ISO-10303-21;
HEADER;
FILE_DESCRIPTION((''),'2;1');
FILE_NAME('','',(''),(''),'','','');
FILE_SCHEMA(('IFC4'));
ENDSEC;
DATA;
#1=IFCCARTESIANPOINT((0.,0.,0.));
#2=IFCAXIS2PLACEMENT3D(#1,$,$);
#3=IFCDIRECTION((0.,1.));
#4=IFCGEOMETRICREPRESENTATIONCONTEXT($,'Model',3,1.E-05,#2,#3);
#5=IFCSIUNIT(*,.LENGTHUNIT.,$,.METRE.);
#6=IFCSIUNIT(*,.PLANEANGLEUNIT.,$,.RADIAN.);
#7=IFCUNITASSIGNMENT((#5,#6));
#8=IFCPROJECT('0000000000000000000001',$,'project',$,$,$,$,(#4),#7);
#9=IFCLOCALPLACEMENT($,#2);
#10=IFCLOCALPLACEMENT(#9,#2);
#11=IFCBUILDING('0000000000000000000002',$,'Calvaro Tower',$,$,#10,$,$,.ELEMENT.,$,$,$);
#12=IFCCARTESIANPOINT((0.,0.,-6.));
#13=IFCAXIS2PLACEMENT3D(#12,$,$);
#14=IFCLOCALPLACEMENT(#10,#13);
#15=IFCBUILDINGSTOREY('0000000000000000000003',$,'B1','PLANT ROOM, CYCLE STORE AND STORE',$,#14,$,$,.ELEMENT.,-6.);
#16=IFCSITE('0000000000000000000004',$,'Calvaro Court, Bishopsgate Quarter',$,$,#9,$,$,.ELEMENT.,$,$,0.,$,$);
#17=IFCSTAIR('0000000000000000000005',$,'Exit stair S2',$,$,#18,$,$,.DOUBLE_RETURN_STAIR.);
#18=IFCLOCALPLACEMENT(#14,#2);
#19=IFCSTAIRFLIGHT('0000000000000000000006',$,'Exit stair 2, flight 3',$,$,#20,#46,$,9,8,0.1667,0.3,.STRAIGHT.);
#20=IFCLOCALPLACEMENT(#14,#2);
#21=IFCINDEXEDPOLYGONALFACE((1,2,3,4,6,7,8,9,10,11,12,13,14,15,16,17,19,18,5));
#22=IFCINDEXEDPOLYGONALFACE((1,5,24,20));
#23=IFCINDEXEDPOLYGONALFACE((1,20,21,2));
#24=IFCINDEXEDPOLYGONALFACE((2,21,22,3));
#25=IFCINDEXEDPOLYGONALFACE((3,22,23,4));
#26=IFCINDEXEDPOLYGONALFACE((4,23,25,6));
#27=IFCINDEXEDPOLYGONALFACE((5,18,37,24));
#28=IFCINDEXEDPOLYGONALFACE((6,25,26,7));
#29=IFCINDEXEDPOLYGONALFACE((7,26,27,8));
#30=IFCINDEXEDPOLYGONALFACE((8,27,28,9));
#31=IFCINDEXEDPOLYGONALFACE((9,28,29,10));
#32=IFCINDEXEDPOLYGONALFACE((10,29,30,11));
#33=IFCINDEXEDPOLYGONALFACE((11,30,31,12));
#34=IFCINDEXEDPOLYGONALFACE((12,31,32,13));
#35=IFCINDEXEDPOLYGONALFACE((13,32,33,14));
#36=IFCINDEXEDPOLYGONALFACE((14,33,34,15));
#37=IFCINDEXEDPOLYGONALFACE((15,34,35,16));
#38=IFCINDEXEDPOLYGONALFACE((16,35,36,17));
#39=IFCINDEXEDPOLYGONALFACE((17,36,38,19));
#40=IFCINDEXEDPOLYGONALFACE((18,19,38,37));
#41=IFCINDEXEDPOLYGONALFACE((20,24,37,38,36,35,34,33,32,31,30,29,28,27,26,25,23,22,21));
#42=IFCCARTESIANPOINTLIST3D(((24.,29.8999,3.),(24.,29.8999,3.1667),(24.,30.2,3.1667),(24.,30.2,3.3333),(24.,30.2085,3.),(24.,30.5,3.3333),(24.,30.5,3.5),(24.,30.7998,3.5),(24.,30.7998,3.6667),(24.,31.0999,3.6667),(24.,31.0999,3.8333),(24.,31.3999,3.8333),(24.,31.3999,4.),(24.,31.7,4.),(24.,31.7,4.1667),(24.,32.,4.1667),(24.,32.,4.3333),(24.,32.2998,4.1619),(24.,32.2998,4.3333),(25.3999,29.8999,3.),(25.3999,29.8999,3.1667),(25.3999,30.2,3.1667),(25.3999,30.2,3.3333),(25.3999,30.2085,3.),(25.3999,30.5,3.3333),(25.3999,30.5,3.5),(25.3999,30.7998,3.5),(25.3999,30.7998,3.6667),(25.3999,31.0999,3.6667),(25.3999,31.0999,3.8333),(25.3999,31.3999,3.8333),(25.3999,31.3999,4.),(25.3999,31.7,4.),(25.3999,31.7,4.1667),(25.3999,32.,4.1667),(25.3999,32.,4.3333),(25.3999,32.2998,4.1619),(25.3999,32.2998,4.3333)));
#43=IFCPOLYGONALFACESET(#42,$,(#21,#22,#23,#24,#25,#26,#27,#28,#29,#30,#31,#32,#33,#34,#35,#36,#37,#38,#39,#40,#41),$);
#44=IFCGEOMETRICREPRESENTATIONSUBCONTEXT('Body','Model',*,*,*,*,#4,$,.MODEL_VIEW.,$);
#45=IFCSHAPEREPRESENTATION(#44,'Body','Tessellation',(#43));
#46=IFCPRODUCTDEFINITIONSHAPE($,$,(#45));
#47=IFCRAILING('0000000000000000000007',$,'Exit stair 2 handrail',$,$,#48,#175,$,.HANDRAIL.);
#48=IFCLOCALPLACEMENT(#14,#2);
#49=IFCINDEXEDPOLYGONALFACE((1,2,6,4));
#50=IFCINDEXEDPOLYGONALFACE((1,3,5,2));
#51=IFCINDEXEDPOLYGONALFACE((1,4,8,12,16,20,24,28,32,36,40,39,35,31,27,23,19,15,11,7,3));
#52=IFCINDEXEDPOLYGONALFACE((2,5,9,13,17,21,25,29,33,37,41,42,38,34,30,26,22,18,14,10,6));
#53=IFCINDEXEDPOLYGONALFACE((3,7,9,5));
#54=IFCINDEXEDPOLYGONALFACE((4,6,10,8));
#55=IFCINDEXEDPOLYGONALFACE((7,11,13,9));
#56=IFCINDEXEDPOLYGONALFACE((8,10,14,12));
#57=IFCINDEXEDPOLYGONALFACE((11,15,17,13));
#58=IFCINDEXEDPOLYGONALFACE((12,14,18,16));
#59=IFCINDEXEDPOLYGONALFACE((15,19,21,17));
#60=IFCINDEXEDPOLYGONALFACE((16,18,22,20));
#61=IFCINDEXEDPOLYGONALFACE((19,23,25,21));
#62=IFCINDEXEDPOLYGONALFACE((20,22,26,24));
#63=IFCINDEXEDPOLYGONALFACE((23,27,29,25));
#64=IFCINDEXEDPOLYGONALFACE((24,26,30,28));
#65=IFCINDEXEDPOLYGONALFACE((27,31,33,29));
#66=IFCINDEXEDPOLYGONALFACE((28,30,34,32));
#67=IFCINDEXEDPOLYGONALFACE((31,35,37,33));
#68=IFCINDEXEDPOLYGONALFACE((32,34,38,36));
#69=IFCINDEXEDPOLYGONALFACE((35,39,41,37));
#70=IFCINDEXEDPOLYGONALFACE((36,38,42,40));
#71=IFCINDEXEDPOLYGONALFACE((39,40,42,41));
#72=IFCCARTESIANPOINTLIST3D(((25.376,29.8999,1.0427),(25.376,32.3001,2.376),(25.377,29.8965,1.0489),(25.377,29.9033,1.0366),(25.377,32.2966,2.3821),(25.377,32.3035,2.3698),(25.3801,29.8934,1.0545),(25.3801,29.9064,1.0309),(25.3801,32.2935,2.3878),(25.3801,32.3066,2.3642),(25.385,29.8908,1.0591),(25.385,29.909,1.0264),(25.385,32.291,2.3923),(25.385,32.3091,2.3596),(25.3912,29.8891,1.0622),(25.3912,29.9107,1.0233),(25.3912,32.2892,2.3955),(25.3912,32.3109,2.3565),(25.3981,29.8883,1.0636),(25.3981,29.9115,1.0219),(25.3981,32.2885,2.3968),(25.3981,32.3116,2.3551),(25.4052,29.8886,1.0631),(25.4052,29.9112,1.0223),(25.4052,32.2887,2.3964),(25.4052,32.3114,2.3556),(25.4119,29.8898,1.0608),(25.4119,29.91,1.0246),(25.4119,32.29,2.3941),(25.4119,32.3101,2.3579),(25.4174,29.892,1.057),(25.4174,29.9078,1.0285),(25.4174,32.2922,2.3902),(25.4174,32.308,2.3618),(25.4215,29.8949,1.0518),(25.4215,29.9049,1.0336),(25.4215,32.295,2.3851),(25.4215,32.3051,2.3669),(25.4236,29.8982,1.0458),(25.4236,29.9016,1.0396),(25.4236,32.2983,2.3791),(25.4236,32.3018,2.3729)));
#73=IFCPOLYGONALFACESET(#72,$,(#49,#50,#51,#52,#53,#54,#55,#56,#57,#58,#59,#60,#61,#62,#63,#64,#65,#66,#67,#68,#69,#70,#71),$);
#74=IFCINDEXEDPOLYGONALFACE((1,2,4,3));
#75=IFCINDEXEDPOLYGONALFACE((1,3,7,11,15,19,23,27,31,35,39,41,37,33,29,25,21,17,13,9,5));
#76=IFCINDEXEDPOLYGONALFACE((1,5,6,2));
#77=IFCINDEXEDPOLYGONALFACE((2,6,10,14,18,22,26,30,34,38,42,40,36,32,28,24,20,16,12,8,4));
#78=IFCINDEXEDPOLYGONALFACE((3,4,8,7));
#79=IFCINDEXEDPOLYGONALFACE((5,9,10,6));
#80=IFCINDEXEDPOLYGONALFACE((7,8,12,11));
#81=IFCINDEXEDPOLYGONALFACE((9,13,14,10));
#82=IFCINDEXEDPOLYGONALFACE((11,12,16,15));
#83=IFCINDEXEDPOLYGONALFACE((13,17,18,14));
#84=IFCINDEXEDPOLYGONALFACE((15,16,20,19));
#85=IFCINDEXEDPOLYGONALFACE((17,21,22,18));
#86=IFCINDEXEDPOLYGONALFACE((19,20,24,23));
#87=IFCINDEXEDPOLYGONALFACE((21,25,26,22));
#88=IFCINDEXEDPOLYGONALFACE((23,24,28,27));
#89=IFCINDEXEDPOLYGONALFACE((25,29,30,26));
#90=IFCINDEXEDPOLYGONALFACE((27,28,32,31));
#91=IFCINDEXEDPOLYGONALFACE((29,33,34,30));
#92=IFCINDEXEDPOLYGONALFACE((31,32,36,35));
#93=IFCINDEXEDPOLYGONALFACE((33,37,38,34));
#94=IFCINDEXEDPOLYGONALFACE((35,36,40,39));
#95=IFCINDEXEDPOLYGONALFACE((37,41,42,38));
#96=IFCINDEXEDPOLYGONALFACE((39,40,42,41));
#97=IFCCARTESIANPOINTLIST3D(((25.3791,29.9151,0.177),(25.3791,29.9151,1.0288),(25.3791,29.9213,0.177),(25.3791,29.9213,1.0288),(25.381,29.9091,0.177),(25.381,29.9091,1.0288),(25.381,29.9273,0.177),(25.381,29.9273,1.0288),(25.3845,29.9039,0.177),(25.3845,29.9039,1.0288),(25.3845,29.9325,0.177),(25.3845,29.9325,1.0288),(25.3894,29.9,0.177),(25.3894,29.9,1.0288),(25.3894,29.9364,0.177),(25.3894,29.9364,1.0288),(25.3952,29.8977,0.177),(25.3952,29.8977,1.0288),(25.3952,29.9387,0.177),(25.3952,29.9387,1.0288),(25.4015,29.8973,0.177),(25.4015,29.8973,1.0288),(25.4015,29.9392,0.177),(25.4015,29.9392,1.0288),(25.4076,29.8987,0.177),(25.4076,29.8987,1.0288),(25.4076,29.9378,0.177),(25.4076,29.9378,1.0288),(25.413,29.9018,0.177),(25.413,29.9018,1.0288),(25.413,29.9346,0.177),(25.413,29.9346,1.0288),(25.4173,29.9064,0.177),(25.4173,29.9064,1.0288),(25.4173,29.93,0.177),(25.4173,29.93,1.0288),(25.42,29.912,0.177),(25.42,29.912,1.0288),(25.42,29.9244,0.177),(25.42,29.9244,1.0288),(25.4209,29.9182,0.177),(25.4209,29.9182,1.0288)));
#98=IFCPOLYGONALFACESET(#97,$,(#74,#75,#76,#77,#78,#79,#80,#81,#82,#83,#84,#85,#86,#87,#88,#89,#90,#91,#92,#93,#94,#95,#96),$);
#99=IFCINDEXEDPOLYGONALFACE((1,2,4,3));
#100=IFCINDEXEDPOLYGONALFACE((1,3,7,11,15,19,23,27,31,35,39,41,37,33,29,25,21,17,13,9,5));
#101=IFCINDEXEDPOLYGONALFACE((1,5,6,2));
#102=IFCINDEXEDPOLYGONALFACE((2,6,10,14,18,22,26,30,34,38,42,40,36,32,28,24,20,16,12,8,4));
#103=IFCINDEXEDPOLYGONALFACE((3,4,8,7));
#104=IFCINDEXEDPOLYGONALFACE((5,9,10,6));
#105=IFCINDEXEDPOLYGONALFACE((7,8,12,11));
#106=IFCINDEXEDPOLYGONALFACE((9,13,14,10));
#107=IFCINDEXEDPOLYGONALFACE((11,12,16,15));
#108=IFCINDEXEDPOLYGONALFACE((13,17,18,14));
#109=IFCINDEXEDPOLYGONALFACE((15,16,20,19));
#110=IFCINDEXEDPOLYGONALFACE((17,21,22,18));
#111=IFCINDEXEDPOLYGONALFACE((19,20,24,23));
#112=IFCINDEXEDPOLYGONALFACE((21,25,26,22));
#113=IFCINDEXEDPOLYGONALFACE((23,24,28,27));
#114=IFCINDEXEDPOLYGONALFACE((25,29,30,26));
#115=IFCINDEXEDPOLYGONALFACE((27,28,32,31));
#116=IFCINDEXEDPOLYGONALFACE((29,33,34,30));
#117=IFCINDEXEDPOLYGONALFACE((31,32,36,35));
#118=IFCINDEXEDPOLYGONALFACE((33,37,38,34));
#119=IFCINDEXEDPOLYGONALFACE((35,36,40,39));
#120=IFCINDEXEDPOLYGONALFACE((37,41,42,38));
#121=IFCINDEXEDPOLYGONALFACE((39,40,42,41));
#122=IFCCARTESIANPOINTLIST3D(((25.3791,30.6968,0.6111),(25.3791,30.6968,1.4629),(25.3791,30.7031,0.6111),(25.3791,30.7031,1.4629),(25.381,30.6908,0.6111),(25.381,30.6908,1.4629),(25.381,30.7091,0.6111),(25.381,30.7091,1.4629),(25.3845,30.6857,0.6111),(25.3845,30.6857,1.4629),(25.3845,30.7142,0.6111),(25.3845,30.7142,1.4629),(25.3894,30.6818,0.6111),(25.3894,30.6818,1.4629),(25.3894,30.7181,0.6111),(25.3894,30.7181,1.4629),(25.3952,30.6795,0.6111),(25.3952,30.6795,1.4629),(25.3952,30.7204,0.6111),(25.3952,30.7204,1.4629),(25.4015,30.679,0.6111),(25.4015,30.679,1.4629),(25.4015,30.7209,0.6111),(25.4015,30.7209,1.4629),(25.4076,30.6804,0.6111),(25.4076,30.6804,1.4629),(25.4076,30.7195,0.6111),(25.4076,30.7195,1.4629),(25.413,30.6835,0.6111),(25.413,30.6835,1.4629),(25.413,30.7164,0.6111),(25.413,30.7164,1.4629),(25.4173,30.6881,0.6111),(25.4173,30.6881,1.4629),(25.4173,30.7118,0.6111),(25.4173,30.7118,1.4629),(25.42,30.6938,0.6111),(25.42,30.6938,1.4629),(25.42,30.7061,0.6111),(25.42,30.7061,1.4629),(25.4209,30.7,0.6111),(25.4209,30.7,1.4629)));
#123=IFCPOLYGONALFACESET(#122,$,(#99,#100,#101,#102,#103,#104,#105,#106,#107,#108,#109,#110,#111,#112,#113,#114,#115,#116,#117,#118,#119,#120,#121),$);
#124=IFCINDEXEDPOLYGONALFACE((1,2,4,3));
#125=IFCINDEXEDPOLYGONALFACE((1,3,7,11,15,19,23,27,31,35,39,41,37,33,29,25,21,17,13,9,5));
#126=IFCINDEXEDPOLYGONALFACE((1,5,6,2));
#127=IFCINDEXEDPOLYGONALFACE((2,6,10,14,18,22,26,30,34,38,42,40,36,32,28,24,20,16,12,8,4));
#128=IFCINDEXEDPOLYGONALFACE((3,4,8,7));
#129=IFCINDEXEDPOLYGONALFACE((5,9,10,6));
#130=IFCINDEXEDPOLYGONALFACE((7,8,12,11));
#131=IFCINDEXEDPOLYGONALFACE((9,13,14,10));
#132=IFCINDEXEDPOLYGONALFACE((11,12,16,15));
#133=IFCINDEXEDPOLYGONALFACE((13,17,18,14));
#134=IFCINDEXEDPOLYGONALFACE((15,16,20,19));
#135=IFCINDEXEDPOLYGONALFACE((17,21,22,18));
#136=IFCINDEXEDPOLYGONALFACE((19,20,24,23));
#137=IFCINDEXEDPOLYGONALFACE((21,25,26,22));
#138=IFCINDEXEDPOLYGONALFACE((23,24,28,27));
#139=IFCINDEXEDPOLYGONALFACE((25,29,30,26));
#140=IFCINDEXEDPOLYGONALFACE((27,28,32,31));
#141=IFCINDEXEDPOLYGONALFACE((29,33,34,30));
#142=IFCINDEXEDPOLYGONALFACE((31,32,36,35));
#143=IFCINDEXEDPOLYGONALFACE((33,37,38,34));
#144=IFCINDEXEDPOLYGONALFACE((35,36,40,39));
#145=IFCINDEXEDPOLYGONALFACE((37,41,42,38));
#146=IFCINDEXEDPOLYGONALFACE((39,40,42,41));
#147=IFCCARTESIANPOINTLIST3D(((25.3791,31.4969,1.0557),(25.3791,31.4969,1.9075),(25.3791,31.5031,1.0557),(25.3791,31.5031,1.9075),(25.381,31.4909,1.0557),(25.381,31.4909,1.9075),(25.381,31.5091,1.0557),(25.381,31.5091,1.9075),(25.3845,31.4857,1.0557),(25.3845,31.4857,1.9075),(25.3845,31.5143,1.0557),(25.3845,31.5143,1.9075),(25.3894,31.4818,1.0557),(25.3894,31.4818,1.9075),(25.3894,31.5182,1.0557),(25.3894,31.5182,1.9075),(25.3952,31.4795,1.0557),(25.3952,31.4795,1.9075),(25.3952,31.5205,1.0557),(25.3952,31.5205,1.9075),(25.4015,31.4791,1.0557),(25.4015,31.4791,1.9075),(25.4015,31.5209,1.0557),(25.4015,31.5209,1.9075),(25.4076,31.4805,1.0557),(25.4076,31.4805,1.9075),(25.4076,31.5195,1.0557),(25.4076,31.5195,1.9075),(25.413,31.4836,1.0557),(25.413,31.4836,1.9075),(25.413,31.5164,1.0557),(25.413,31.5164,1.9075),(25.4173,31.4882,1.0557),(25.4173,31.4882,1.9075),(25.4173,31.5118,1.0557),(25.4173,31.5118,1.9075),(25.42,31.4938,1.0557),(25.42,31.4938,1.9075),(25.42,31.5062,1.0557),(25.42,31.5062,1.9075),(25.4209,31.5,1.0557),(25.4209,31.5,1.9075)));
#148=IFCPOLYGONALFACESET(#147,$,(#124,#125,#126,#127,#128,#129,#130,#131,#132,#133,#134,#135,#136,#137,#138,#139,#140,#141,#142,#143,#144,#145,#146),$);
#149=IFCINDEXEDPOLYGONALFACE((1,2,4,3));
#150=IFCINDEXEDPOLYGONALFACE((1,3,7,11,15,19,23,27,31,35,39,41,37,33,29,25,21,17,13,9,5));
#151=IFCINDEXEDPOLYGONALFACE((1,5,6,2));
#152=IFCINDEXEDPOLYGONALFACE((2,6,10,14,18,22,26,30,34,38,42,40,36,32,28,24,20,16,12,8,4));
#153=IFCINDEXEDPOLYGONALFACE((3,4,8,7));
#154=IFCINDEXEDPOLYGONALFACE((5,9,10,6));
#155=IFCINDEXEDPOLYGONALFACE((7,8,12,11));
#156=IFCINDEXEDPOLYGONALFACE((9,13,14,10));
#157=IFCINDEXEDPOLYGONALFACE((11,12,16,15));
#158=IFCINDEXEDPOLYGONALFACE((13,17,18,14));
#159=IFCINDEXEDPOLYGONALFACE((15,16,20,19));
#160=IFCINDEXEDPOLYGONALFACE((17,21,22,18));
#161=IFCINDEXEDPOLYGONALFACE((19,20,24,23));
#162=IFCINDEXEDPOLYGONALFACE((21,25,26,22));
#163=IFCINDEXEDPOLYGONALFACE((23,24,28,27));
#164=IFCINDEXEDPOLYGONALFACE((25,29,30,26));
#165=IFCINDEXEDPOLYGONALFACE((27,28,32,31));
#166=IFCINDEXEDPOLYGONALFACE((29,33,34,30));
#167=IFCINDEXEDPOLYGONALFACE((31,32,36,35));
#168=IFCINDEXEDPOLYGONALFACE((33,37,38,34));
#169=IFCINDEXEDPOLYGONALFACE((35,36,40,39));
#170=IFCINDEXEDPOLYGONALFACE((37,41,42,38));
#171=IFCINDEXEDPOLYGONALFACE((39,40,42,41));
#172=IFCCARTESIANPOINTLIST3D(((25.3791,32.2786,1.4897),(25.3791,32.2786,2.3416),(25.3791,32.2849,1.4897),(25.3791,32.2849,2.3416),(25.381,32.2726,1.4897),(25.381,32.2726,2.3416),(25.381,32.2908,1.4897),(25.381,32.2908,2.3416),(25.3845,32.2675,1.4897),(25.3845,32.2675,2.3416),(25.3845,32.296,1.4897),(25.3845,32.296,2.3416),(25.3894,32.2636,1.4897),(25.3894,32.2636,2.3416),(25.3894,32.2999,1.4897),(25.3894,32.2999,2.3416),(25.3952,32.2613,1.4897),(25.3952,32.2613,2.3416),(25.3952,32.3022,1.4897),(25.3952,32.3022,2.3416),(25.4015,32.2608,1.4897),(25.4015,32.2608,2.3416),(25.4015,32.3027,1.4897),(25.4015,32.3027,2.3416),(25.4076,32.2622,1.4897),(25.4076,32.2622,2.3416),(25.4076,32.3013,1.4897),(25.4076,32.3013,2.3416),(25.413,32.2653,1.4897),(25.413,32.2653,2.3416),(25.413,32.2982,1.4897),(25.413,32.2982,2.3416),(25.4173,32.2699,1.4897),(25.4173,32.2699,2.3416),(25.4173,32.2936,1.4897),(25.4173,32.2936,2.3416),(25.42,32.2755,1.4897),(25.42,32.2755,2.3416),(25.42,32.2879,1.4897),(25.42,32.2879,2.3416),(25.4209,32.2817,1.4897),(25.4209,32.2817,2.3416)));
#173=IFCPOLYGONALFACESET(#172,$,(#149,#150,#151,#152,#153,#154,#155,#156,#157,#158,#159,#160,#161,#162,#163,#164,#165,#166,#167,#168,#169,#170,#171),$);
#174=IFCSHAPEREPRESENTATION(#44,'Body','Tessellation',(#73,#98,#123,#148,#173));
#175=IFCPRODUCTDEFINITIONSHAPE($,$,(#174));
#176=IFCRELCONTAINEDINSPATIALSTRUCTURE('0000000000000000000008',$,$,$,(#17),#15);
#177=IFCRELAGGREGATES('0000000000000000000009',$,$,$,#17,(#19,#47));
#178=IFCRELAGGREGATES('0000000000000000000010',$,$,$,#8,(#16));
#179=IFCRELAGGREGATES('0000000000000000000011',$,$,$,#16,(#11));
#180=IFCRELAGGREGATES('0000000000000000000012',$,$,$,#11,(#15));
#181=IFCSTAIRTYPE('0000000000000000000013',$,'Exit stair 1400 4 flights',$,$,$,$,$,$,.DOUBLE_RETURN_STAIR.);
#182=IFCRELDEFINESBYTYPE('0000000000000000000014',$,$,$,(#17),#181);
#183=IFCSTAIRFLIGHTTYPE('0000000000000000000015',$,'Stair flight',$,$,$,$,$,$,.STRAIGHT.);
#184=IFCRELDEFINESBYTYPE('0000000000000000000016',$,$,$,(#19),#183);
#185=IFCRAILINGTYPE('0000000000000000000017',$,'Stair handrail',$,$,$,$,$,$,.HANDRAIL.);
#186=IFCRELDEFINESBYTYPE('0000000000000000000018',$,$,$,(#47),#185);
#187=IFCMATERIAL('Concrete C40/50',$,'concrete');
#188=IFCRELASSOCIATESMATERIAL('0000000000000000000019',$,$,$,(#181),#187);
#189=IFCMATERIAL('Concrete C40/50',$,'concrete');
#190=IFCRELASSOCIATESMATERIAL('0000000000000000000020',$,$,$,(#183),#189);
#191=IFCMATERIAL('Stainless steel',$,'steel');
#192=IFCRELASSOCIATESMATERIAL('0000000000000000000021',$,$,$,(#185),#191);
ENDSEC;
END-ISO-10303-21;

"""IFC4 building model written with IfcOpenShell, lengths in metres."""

from ifc_helpers import new_model, si_unit, direction, frame, origin, origin_2d, place, context, subcontext, project, spatial, polyline, circle, outline, extrude, material, type_object, element, aggregate, save


model = new_model("IFC4")

# Units and contexts
model_context = context("Model", 3, precision=1e-05, world=origin(), true_north=direction((0.0, 1.0)))
body_context = subcontext(model_context, "Body", "Model", "MODEL_VIEW")
ifc_project = project(units=[si_unit("LENGTHUNIT", "METRE"), si_unit("PLANEANGLEUNIT", "RADIAN")], contexts=[model_context])

# Site, building, storey
site_placement = place(None, origin())
site = spatial("IfcSite", under=ifc_project, at=site_placement, Name="Calvaro Court, Bishopsgate Quarter", CompositionType="ELEMENT", RefElevation=0.0)
building_placement = place(site_placement, origin())
building = spatial("IfcBuilding", under=site, at=building_placement, Name="Calvaro Tower", CompositionType="ELEMENT")
storey_placement = place(building_placement, frame((0.0, 0.0, -6.0)))
storey = spatial("IfcBuildingStorey", under=building, at=storey_placement, Name="B1", Description="PLANT ROOM, CYCLE STORE AND STORE", CompositionType="ELEMENT", Elevation=-6.0)

# Stair, stair flight, railing
ifc_material_1 = material(Name="Concrete C40/50", Category="concrete")
stair_type = type_object("IfcStairType", Name="Exit stair 1400 4 flights", PredefinedType="DOUBLE_RETURN_STAIR", material=ifc_material_1)
stair_placement = place(storey_placement, origin())
stair = element("IfcStair", 1, at=stair_placement, inside=storey, type_object=stair_type, Name="Exit stair S2", PredefinedType="DOUBLE_RETURN_STAIR")
ifc_material_2 = material(Name="Concrete C40/50", Category="concrete")
stair_flight_type = type_object("IfcStairFlightType", Name="Stair flight", PredefinedType="STRAIGHT", material=ifc_material_2)
stair_flight_1_placement = place(storey_placement, frame((24.7, 29.8999, 3.0), z_axis=(0.0, 0.0, 1.0), x_axis=(0.0, 1.0, 0.0)))
stair_flight_1 = element("IfcStairFlight", 2, at=stair_flight_1_placement, type_object=stair_flight_type, Name="Exit stair 2, flight 3", NumberOfRisers=9, NumberOfTreads=8, PredefinedType="STRAIGHT", RiserHeight=0.1667, TreadLength=0.3, context=body_context, shape_type="SweptSolid", body=[
    extrude(outline(polyline([(0.0, 0.0), (0.0, 0.1667), (0.3, 0.1667), (0.3, 0.3333), (0.6001, 0.3333), (0.6001, 0.5), (0.8999, 0.5), (0.8999, 0.6667), (1.2, 0.6667), (1.2, 0.8333), (1.5, 0.8333), (1.5, 1.0), (1.8, 1.0), (1.8, 1.1667), (2.1001, 1.1667), (2.1001, 1.3333), (2.3999, 1.3333), (2.3999, 1.5), (2.3999, 1.1619), (0.3086, 0.0), (0.0, 0.0)])), frame((0.0, 0.7, 0.0), z_axis=(0.0, -1.0, 0.0), x_axis=(1.0, 0.0, 0.0)), (0.0, 0.0, 1.0), 1.3999),
])
ifc_material_3 = material(Name="Stainless steel", Category="steel")
railing_type = type_object("IfcRailingType", Name="Stair handrail", PredefinedType="HANDRAIL", material=ifc_material_3)
railing_1_placement = place(storey_placement, frame((25.3999, 29.8999, 0.1667)))
railing_1 = element("IfcRailing", 3, at=railing_1_placement, type_object=railing_type, Name="Exit stair 2 handrail", PredefinedType="HANDRAIL", context=body_context, shape_type="SweptSolid", body=[
    extrude(circle(Radius=0.0239, at=origin_2d()), frame((0.0, 0.0, 0.876), z_axis=(0.0, 0.874182, 0.485598), x_axis=(-1.0, 0.0, 0.0)), (0.0, 0.0, 1.0), 2.7456),
    extrude(circle(Radius=0.021, at=origin_2d()), frame((0.0, 0.0183, 0.0103)), (0.0, 0.0, 1.0), 0.8518),
    extrude(circle(Radius=0.021, at=origin_2d()), frame((0.0, 0.8, 0.4443)), (0.0, 0.0, 1.0), 0.8518),
    extrude(circle(Radius=0.021, at=origin_2d()), frame((0.0, 1.6001, 0.8889)), (0.0, 0.0, 1.0), 0.8518),
    extrude(circle(Radius=0.021, at=origin_2d()), frame((0.0, 2.3818, 1.323)), (0.0, 0.0, 1.0), 0.8518),
])
aggregate(stair, [stair_flight_1, railing_1])

save(model, "model.ifc")
